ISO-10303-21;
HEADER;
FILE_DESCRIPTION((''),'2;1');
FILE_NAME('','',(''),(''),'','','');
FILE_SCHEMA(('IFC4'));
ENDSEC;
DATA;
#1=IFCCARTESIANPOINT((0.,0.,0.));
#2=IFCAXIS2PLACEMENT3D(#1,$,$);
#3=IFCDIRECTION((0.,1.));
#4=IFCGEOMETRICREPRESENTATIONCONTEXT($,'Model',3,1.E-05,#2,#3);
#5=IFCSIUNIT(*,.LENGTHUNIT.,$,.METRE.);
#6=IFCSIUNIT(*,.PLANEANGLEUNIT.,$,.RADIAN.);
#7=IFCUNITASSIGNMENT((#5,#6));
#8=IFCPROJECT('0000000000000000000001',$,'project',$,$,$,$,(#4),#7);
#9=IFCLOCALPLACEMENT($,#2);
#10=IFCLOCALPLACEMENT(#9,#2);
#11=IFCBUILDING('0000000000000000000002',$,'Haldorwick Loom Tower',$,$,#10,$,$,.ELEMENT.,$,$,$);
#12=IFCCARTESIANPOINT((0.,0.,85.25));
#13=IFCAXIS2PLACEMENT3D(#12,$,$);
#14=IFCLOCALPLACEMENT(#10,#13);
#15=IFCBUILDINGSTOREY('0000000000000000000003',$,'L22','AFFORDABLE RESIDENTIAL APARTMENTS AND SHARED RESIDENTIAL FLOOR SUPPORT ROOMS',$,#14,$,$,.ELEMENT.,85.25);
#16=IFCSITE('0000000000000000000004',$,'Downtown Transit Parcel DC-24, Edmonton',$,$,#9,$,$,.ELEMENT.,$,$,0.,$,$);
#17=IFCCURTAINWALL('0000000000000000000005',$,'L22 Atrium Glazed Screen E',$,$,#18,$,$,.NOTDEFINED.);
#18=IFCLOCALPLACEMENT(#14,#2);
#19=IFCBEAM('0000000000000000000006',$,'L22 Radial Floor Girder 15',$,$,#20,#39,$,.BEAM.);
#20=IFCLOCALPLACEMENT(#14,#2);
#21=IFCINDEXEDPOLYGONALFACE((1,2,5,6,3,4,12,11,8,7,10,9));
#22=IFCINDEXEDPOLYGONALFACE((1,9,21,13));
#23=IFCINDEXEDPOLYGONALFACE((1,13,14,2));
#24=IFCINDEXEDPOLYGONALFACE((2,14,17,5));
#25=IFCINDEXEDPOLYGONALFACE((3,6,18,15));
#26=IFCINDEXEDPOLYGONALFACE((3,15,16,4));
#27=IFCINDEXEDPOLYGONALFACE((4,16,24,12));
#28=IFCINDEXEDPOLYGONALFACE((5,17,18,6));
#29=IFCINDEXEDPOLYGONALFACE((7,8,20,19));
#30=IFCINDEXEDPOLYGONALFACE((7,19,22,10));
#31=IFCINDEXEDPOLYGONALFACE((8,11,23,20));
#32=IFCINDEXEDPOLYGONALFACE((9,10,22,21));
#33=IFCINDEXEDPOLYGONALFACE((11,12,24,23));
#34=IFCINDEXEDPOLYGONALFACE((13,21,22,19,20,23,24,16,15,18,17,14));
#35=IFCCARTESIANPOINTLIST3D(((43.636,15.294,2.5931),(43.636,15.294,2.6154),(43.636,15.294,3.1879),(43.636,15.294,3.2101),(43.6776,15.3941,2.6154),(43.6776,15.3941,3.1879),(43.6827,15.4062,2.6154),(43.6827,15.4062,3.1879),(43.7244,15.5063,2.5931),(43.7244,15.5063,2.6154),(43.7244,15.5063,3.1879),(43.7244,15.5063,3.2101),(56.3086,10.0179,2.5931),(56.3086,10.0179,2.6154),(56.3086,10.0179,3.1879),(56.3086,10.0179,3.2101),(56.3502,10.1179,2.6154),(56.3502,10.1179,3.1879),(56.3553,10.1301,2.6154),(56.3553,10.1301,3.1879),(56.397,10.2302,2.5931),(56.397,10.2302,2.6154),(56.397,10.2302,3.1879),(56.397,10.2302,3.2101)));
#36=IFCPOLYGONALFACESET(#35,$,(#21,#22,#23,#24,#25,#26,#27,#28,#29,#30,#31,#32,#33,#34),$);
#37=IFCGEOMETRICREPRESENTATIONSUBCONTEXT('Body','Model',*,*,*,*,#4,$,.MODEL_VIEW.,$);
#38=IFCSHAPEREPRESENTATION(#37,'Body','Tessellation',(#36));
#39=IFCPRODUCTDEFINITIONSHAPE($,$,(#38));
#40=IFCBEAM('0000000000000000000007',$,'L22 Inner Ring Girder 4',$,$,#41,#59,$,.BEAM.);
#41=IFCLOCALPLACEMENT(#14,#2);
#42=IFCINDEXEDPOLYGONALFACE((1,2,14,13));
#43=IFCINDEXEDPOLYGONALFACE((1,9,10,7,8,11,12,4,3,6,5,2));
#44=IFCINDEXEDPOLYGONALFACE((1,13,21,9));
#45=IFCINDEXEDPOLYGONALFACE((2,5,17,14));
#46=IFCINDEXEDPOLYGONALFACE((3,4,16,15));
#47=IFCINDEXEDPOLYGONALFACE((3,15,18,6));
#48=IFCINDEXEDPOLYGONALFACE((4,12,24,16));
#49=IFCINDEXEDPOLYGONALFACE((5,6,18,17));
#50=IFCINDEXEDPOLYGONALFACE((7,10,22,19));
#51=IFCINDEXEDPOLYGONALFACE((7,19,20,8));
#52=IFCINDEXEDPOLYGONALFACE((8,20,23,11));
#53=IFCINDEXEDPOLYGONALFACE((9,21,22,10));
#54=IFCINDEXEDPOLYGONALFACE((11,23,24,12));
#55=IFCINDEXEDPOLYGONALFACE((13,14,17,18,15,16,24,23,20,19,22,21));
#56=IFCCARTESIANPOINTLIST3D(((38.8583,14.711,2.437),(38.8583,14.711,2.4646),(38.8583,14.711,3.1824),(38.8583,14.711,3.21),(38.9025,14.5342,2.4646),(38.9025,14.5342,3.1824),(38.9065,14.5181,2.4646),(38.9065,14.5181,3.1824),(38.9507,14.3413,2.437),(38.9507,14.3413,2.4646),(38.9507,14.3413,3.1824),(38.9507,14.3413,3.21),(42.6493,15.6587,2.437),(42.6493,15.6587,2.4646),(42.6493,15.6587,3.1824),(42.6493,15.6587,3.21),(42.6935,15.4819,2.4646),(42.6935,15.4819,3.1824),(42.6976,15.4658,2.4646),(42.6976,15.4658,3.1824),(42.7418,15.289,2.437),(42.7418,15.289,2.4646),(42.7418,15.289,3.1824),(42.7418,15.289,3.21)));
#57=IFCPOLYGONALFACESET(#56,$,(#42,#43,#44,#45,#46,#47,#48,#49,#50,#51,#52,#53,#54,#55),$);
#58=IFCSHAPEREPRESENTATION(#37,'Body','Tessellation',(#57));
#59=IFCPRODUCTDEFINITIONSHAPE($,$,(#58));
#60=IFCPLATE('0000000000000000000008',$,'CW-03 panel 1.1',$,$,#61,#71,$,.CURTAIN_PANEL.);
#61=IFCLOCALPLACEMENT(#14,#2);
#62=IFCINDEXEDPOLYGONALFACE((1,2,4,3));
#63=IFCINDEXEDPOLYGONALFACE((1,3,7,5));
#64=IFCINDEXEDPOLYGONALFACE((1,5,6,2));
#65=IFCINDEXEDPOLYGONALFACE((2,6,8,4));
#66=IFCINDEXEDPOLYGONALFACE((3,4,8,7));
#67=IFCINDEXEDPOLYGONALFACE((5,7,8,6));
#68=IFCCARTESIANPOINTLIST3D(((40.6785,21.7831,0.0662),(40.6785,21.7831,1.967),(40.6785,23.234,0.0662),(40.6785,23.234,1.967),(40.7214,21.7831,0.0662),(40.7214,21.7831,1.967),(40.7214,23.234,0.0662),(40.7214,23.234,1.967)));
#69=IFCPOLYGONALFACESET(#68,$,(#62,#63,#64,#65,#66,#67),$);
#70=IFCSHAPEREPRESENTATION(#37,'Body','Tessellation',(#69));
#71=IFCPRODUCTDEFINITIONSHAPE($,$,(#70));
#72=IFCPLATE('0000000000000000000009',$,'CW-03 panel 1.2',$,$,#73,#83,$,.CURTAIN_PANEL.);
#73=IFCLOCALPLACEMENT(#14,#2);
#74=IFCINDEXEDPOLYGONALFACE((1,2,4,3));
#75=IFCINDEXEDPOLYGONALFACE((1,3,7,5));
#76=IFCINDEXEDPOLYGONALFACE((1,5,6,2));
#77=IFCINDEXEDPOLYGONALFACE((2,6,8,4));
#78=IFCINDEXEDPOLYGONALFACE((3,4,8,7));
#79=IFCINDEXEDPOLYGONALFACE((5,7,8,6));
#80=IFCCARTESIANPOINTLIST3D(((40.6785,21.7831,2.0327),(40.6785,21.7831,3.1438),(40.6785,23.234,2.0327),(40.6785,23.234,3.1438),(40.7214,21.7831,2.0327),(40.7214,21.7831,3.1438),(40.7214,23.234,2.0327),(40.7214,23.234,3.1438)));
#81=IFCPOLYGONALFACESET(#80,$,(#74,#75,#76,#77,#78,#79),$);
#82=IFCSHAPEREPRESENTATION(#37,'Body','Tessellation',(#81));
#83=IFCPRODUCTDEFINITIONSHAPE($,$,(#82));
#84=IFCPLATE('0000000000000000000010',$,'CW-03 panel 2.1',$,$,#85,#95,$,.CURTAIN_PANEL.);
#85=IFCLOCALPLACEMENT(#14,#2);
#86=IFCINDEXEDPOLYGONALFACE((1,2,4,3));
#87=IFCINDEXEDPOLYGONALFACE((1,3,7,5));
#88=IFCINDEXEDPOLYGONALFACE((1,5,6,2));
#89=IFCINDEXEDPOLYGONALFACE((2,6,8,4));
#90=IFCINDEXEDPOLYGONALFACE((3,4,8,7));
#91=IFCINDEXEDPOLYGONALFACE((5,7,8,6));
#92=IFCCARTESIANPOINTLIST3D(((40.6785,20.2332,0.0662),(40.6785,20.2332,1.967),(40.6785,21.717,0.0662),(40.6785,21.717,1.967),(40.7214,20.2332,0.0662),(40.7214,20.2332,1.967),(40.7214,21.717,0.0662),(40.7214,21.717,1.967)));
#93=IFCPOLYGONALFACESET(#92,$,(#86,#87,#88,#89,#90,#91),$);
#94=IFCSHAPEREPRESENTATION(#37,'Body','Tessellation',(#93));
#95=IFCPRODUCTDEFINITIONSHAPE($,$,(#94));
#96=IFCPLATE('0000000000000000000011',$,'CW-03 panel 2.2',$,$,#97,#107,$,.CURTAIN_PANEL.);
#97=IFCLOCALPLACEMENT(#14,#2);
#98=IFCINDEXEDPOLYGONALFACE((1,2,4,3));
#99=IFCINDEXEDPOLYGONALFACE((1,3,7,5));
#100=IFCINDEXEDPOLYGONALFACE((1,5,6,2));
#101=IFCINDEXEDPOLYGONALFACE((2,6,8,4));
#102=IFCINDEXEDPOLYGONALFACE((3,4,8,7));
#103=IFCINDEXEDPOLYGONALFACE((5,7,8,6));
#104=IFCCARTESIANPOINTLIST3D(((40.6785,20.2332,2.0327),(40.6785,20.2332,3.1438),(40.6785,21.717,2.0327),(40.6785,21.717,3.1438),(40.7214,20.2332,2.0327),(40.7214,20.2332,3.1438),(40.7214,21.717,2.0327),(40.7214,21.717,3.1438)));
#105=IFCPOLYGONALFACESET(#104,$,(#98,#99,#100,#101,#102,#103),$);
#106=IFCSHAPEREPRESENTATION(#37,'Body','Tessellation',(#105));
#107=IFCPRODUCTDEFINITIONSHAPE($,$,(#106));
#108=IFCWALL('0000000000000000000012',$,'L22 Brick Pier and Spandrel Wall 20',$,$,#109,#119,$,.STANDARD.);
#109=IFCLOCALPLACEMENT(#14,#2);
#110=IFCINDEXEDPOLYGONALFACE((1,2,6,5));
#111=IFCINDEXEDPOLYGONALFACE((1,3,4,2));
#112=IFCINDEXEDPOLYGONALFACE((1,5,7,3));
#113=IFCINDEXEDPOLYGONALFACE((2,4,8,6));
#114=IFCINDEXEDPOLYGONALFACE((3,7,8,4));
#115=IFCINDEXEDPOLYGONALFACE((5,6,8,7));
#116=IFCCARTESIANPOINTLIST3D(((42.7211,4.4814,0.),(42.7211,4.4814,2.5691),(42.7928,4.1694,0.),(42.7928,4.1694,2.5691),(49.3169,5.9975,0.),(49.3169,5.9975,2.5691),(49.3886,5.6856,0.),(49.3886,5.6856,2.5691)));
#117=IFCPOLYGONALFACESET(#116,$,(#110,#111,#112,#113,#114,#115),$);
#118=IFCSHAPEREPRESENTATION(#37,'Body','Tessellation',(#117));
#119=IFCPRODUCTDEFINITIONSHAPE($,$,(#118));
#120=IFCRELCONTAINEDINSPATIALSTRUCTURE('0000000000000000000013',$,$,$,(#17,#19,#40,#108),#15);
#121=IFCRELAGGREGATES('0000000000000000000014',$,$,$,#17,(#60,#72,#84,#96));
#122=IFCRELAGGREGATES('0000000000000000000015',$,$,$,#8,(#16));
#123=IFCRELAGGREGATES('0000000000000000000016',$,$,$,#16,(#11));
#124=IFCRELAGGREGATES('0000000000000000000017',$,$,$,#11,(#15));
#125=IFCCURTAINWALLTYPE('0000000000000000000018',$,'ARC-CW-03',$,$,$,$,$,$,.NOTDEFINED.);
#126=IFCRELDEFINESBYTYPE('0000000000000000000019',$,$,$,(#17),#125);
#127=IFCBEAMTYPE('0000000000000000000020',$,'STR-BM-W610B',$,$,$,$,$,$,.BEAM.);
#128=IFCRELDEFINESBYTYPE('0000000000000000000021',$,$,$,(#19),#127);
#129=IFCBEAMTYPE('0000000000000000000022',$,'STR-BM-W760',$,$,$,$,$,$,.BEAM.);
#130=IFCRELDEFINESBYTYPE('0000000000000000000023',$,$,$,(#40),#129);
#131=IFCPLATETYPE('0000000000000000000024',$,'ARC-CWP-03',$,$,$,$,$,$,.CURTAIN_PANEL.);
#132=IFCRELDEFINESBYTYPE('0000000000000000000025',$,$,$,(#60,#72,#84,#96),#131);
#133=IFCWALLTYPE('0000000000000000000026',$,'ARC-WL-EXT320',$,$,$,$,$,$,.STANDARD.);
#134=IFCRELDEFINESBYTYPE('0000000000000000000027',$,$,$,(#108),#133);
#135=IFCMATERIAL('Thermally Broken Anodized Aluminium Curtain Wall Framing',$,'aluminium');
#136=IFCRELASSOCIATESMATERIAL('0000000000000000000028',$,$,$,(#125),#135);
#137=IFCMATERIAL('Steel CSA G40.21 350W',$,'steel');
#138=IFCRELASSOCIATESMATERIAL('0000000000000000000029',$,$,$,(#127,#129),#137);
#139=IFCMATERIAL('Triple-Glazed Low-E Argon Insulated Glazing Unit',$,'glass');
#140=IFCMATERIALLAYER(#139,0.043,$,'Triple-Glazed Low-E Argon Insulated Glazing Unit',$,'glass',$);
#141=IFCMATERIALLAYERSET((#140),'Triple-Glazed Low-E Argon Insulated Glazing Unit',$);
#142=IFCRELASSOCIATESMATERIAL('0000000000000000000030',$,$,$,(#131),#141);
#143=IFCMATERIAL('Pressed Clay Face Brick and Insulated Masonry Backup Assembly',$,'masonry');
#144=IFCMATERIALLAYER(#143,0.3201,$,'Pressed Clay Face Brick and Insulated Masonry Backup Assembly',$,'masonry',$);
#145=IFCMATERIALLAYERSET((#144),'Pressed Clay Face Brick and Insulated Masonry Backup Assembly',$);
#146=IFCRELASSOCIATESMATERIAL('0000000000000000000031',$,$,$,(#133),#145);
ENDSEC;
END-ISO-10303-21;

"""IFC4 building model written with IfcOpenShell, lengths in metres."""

from ifc_helpers import new_model, si_unit, direction, frame, frame_2d, origin, origin_2d, place, context, subcontext, project, spatial, rectangle, i_section, extrude, material, layer, layer_set, material_profile, profile_set, type_object, element, aggregate, save


model = new_model("IFC4")

# Units and contexts
model_context = context("Model", 3, precision=1e-05, world=origin(), true_north=direction((0.0, 1.0)))
body_context = subcontext(model_context, "Body", "Model", "MODEL_VIEW")
ifc_project = project(units=[si_unit("LENGTHUNIT", "METRE"), si_unit("PLANEANGLEUNIT", "RADIAN")], contexts=[model_context])

# Site, building, storey
site_placement = place(None, origin())
site = spatial("IfcSite", under=ifc_project, at=site_placement, Name="Downtown Transit Parcel DC-24, Edmonton", CompositionType="ELEMENT", RefElevation=0.0)
building_placement = place(site_placement, origin())
building = spatial("IfcBuilding", under=site, at=building_placement, Name="Haldorwick Loom Tower", CompositionType="ELEMENT")
storey_placement = place(building_placement, frame((0.0, 0.0, 85.25)))
storey = spatial("IfcBuildingStorey", under=building, at=storey_placement, Name="L22", Description="AFFORDABLE RESIDENTIAL APARTMENTS AND SHARED RESIDENTIAL FLOOR SUPPORT ROOMS", CompositionType="ELEMENT", Elevation=85.25)

# Curtain wall
ifc_material_1 = material(Name="Thermally Broken Anodized Aluminium Curtain Wall Framing", Category="aluminium")
curtain_wall_type = type_object("IfcCurtainWallType", Name="ARC-CW-03", PredefinedType="NOTDEFINED", material=ifc_material_1)
curtain_wall_placement = place(storey_placement, origin())
curtain_wall = element("IfcCurtainWall", 1, at=curtain_wall_placement, inside=storey, type_object=curtain_wall_type, Name="L22 Atrium Glazed Screen E", PredefinedType="NOTDEFINED")

# Beams
ifc_material_2 = material(Name="Steel CSA G40.21 350W", Category="steel")
ifc_material_profile_1 = material_profile(ifc_material_2, i_section(OverallWidth=0.23, OverallDepth=0.6169, WebThickness=0.0132, FlangeThickness=0.0222, at=origin_2d()), Name="W610X140", Category="steel")
ifc_profile_set_1 = profile_set([ifc_material_profile_1], Name="Steel CSA G40.21 350W")
beam_type_1 = type_object("IfcBeamType", Name="STR-BM-W610B", PredefinedType="BEAM", material=ifc_profile_set_1)
beam_1_placement = place(storey_placement, frame((43.6802, 15.4001, 2.9016), z_axis=(0.923184, -0.384359, 0.0), x_axis=(0.384359, 0.923184, 0.0)))
element("IfcBeam", 2, at=beam_1_placement, inside=storey, type_object=beam_type_1, Name="L22 Radial Floor Girder 15", PredefinedType="BEAM", context=body_context, shape_type="SweptSolid", body=[
    extrude(i_section(OverallWidth=0.23, OverallDepth=0.6169, WebThickness=0.0132, FlangeThickness=0.0222, at=origin_2d()), origin(), (0.0, 0.0, 1.0), 13.7271),
])
ifc_material_profile_2 = material_profile(ifc_material_2, i_section(OverallWidth=0.3811, OverallDepth=0.7729, WebThickness=0.0166, FlangeThickness=0.0276, at=origin_2d()), Name="W760X257", Category="steel")
ifc_profile_set_2 = profile_set([ifc_material_profile_2], Name="Steel CSA G40.21 350W")
beam_type_2 = type_object("IfcBeamType", Name="STR-BM-W760", PredefinedType="BEAM", material=ifc_profile_set_2)
beam_2_placement = place(storey_placement, frame((42.6956, 15.4739, 2.8235), z_axis=(-0.970143, -0.242536, 0.0), x_axis=(0.242536, -0.970143, 0.0)))
element("IfcBeam", 3, at=beam_2_placement, inside=storey, type_object=beam_type_2, Name="L22 Inner Ring Girder 4", PredefinedType="BEAM", context=body_context, shape_type="SweptSolid", body=[
    extrude(i_section(OverallWidth=0.3811, OverallDepth=0.7729, WebThickness=0.0166, FlangeThickness=0.0276, at=origin_2d()), origin(), (0.0, 0.0, 1.0), 3.9077),
])

# Plates
ifc_material_3 = material(Name="Triple-Glazed Low-E Argon Insulated Glazing Unit", Category="glass")
ifc_layer_1 = layer(ifc_material_3, 0.043, Name="Triple-Glazed Low-E Argon Insulated Glazing Unit", Category="glass")
ifc_layer_set_1 = layer_set([ifc_layer_1], Name="Triple-Glazed Low-E Argon Insulated Glazing Unit")
plate_type = type_object("IfcPlateType", Name="ARC-CWP-03", PredefinedType="CURTAIN_PANEL", material=ifc_layer_set_1)
plate_1_placement = place(storey_placement, frame((40.7, 22.5085, 0.0662), z_axis=(0.0, 0.0, 1.0), x_axis=(0.0, -1.0, 0.0)))
plate_1 = element("IfcPlate", 4, at=plate_1_placement, type_object=plate_type, Name="CW-03 panel 1.1", PredefinedType="CURTAIN_PANEL", context=body_context, shape_type="SweptSolid", body=[
    extrude(rectangle(XDim=1.4509, YDim=0.043, at=origin_2d()), origin(), (0.0, 0.0, 1.0), 1.9009),
])
plate_2_placement = place(storey_placement, frame((40.7, 22.5085, 2.0327), z_axis=(0.0, 0.0, 1.0), x_axis=(0.0, -1.0, 0.0)))
plate_2 = element("IfcPlate", 5, at=plate_2_placement, type_object=plate_type, Name="CW-03 panel 1.2", PredefinedType="CURTAIN_PANEL", context=body_context, shape_type="SweptSolid", body=[
    extrude(rectangle(XDim=1.4509, YDim=0.043, at=origin_2d()), origin(), (0.0, 0.0, 1.0), 1.1111),
])
plate_3_placement = place(storey_placement, frame((40.7, 20.9751, 0.0662), z_axis=(0.0, 0.0, 1.0), x_axis=(0.0, -1.0, 0.0)))
plate_3 = element("IfcPlate", 6, at=plate_3_placement, type_object=plate_type, Name="CW-03 panel 2.1", PredefinedType="CURTAIN_PANEL", context=body_context, shape_type="SweptSolid", body=[
    extrude(rectangle(XDim=1.4839, YDim=0.043, at=origin_2d()), origin(), (0.0, 0.0, 1.0), 1.9009),
])
plate_4_placement = place(storey_placement, frame((40.7, 20.9751, 2.0327), z_axis=(0.0, 0.0, 1.0), x_axis=(0.0, -1.0, 0.0)))
plate_4 = element("IfcPlate", 7, at=plate_4_placement, type_object=plate_type, Name="CW-03 panel 2.2", PredefinedType="CURTAIN_PANEL", context=body_context, shape_type="SweptSolid", body=[
    extrude(rectangle(XDim=1.4839, YDim=0.043, at=origin_2d()), origin(), (0.0, 0.0, 1.0), 1.1111),
])
aggregate(curtain_wall, [plate_1, plate_2, plate_3, plate_4])

# Wall
ifc_material_4 = material(Name="Pressed Clay Face Brick and Insulated Masonry Backup Assembly", Category="masonry")
ifc_layer_2 = layer(ifc_material_4, 0.3201, Name="Pressed Clay Face Brick and Insulated Masonry Backup Assembly", Category="masonry")
ifc_layer_set_2 = layer_set([ifc_layer_2], Name="Pressed Clay Face Brick and Insulated Masonry Backup Assembly")
wall_type_1 = type_object("IfcWallType", Name="ARC-WL-EXT320", PredefinedType="STANDARD", material=ifc_layer_set_2)
wall_1_placement = place(storey_placement, frame((42.7571, 4.3254, 0.0), z_axis=(0.0, 0.0, 1.0), x_axis=(0.974584, 0.224022, 0.0)))
element("IfcWall", 8, at=wall_1_placement, inside=storey, type_object=wall_type_1, Name="L22 Brick Pier and Spandrel Wall 20", PredefinedType="STANDARD", context=body_context, shape_type="SweptSolid", body=[
    extrude(rectangle(XDim=6.7678, YDim=0.3201, at=frame_2d((3.3838, 0.0))), origin(), (0.0, 0.0, 1.0), 2.5691),
])

save(model, "model.ifc")
